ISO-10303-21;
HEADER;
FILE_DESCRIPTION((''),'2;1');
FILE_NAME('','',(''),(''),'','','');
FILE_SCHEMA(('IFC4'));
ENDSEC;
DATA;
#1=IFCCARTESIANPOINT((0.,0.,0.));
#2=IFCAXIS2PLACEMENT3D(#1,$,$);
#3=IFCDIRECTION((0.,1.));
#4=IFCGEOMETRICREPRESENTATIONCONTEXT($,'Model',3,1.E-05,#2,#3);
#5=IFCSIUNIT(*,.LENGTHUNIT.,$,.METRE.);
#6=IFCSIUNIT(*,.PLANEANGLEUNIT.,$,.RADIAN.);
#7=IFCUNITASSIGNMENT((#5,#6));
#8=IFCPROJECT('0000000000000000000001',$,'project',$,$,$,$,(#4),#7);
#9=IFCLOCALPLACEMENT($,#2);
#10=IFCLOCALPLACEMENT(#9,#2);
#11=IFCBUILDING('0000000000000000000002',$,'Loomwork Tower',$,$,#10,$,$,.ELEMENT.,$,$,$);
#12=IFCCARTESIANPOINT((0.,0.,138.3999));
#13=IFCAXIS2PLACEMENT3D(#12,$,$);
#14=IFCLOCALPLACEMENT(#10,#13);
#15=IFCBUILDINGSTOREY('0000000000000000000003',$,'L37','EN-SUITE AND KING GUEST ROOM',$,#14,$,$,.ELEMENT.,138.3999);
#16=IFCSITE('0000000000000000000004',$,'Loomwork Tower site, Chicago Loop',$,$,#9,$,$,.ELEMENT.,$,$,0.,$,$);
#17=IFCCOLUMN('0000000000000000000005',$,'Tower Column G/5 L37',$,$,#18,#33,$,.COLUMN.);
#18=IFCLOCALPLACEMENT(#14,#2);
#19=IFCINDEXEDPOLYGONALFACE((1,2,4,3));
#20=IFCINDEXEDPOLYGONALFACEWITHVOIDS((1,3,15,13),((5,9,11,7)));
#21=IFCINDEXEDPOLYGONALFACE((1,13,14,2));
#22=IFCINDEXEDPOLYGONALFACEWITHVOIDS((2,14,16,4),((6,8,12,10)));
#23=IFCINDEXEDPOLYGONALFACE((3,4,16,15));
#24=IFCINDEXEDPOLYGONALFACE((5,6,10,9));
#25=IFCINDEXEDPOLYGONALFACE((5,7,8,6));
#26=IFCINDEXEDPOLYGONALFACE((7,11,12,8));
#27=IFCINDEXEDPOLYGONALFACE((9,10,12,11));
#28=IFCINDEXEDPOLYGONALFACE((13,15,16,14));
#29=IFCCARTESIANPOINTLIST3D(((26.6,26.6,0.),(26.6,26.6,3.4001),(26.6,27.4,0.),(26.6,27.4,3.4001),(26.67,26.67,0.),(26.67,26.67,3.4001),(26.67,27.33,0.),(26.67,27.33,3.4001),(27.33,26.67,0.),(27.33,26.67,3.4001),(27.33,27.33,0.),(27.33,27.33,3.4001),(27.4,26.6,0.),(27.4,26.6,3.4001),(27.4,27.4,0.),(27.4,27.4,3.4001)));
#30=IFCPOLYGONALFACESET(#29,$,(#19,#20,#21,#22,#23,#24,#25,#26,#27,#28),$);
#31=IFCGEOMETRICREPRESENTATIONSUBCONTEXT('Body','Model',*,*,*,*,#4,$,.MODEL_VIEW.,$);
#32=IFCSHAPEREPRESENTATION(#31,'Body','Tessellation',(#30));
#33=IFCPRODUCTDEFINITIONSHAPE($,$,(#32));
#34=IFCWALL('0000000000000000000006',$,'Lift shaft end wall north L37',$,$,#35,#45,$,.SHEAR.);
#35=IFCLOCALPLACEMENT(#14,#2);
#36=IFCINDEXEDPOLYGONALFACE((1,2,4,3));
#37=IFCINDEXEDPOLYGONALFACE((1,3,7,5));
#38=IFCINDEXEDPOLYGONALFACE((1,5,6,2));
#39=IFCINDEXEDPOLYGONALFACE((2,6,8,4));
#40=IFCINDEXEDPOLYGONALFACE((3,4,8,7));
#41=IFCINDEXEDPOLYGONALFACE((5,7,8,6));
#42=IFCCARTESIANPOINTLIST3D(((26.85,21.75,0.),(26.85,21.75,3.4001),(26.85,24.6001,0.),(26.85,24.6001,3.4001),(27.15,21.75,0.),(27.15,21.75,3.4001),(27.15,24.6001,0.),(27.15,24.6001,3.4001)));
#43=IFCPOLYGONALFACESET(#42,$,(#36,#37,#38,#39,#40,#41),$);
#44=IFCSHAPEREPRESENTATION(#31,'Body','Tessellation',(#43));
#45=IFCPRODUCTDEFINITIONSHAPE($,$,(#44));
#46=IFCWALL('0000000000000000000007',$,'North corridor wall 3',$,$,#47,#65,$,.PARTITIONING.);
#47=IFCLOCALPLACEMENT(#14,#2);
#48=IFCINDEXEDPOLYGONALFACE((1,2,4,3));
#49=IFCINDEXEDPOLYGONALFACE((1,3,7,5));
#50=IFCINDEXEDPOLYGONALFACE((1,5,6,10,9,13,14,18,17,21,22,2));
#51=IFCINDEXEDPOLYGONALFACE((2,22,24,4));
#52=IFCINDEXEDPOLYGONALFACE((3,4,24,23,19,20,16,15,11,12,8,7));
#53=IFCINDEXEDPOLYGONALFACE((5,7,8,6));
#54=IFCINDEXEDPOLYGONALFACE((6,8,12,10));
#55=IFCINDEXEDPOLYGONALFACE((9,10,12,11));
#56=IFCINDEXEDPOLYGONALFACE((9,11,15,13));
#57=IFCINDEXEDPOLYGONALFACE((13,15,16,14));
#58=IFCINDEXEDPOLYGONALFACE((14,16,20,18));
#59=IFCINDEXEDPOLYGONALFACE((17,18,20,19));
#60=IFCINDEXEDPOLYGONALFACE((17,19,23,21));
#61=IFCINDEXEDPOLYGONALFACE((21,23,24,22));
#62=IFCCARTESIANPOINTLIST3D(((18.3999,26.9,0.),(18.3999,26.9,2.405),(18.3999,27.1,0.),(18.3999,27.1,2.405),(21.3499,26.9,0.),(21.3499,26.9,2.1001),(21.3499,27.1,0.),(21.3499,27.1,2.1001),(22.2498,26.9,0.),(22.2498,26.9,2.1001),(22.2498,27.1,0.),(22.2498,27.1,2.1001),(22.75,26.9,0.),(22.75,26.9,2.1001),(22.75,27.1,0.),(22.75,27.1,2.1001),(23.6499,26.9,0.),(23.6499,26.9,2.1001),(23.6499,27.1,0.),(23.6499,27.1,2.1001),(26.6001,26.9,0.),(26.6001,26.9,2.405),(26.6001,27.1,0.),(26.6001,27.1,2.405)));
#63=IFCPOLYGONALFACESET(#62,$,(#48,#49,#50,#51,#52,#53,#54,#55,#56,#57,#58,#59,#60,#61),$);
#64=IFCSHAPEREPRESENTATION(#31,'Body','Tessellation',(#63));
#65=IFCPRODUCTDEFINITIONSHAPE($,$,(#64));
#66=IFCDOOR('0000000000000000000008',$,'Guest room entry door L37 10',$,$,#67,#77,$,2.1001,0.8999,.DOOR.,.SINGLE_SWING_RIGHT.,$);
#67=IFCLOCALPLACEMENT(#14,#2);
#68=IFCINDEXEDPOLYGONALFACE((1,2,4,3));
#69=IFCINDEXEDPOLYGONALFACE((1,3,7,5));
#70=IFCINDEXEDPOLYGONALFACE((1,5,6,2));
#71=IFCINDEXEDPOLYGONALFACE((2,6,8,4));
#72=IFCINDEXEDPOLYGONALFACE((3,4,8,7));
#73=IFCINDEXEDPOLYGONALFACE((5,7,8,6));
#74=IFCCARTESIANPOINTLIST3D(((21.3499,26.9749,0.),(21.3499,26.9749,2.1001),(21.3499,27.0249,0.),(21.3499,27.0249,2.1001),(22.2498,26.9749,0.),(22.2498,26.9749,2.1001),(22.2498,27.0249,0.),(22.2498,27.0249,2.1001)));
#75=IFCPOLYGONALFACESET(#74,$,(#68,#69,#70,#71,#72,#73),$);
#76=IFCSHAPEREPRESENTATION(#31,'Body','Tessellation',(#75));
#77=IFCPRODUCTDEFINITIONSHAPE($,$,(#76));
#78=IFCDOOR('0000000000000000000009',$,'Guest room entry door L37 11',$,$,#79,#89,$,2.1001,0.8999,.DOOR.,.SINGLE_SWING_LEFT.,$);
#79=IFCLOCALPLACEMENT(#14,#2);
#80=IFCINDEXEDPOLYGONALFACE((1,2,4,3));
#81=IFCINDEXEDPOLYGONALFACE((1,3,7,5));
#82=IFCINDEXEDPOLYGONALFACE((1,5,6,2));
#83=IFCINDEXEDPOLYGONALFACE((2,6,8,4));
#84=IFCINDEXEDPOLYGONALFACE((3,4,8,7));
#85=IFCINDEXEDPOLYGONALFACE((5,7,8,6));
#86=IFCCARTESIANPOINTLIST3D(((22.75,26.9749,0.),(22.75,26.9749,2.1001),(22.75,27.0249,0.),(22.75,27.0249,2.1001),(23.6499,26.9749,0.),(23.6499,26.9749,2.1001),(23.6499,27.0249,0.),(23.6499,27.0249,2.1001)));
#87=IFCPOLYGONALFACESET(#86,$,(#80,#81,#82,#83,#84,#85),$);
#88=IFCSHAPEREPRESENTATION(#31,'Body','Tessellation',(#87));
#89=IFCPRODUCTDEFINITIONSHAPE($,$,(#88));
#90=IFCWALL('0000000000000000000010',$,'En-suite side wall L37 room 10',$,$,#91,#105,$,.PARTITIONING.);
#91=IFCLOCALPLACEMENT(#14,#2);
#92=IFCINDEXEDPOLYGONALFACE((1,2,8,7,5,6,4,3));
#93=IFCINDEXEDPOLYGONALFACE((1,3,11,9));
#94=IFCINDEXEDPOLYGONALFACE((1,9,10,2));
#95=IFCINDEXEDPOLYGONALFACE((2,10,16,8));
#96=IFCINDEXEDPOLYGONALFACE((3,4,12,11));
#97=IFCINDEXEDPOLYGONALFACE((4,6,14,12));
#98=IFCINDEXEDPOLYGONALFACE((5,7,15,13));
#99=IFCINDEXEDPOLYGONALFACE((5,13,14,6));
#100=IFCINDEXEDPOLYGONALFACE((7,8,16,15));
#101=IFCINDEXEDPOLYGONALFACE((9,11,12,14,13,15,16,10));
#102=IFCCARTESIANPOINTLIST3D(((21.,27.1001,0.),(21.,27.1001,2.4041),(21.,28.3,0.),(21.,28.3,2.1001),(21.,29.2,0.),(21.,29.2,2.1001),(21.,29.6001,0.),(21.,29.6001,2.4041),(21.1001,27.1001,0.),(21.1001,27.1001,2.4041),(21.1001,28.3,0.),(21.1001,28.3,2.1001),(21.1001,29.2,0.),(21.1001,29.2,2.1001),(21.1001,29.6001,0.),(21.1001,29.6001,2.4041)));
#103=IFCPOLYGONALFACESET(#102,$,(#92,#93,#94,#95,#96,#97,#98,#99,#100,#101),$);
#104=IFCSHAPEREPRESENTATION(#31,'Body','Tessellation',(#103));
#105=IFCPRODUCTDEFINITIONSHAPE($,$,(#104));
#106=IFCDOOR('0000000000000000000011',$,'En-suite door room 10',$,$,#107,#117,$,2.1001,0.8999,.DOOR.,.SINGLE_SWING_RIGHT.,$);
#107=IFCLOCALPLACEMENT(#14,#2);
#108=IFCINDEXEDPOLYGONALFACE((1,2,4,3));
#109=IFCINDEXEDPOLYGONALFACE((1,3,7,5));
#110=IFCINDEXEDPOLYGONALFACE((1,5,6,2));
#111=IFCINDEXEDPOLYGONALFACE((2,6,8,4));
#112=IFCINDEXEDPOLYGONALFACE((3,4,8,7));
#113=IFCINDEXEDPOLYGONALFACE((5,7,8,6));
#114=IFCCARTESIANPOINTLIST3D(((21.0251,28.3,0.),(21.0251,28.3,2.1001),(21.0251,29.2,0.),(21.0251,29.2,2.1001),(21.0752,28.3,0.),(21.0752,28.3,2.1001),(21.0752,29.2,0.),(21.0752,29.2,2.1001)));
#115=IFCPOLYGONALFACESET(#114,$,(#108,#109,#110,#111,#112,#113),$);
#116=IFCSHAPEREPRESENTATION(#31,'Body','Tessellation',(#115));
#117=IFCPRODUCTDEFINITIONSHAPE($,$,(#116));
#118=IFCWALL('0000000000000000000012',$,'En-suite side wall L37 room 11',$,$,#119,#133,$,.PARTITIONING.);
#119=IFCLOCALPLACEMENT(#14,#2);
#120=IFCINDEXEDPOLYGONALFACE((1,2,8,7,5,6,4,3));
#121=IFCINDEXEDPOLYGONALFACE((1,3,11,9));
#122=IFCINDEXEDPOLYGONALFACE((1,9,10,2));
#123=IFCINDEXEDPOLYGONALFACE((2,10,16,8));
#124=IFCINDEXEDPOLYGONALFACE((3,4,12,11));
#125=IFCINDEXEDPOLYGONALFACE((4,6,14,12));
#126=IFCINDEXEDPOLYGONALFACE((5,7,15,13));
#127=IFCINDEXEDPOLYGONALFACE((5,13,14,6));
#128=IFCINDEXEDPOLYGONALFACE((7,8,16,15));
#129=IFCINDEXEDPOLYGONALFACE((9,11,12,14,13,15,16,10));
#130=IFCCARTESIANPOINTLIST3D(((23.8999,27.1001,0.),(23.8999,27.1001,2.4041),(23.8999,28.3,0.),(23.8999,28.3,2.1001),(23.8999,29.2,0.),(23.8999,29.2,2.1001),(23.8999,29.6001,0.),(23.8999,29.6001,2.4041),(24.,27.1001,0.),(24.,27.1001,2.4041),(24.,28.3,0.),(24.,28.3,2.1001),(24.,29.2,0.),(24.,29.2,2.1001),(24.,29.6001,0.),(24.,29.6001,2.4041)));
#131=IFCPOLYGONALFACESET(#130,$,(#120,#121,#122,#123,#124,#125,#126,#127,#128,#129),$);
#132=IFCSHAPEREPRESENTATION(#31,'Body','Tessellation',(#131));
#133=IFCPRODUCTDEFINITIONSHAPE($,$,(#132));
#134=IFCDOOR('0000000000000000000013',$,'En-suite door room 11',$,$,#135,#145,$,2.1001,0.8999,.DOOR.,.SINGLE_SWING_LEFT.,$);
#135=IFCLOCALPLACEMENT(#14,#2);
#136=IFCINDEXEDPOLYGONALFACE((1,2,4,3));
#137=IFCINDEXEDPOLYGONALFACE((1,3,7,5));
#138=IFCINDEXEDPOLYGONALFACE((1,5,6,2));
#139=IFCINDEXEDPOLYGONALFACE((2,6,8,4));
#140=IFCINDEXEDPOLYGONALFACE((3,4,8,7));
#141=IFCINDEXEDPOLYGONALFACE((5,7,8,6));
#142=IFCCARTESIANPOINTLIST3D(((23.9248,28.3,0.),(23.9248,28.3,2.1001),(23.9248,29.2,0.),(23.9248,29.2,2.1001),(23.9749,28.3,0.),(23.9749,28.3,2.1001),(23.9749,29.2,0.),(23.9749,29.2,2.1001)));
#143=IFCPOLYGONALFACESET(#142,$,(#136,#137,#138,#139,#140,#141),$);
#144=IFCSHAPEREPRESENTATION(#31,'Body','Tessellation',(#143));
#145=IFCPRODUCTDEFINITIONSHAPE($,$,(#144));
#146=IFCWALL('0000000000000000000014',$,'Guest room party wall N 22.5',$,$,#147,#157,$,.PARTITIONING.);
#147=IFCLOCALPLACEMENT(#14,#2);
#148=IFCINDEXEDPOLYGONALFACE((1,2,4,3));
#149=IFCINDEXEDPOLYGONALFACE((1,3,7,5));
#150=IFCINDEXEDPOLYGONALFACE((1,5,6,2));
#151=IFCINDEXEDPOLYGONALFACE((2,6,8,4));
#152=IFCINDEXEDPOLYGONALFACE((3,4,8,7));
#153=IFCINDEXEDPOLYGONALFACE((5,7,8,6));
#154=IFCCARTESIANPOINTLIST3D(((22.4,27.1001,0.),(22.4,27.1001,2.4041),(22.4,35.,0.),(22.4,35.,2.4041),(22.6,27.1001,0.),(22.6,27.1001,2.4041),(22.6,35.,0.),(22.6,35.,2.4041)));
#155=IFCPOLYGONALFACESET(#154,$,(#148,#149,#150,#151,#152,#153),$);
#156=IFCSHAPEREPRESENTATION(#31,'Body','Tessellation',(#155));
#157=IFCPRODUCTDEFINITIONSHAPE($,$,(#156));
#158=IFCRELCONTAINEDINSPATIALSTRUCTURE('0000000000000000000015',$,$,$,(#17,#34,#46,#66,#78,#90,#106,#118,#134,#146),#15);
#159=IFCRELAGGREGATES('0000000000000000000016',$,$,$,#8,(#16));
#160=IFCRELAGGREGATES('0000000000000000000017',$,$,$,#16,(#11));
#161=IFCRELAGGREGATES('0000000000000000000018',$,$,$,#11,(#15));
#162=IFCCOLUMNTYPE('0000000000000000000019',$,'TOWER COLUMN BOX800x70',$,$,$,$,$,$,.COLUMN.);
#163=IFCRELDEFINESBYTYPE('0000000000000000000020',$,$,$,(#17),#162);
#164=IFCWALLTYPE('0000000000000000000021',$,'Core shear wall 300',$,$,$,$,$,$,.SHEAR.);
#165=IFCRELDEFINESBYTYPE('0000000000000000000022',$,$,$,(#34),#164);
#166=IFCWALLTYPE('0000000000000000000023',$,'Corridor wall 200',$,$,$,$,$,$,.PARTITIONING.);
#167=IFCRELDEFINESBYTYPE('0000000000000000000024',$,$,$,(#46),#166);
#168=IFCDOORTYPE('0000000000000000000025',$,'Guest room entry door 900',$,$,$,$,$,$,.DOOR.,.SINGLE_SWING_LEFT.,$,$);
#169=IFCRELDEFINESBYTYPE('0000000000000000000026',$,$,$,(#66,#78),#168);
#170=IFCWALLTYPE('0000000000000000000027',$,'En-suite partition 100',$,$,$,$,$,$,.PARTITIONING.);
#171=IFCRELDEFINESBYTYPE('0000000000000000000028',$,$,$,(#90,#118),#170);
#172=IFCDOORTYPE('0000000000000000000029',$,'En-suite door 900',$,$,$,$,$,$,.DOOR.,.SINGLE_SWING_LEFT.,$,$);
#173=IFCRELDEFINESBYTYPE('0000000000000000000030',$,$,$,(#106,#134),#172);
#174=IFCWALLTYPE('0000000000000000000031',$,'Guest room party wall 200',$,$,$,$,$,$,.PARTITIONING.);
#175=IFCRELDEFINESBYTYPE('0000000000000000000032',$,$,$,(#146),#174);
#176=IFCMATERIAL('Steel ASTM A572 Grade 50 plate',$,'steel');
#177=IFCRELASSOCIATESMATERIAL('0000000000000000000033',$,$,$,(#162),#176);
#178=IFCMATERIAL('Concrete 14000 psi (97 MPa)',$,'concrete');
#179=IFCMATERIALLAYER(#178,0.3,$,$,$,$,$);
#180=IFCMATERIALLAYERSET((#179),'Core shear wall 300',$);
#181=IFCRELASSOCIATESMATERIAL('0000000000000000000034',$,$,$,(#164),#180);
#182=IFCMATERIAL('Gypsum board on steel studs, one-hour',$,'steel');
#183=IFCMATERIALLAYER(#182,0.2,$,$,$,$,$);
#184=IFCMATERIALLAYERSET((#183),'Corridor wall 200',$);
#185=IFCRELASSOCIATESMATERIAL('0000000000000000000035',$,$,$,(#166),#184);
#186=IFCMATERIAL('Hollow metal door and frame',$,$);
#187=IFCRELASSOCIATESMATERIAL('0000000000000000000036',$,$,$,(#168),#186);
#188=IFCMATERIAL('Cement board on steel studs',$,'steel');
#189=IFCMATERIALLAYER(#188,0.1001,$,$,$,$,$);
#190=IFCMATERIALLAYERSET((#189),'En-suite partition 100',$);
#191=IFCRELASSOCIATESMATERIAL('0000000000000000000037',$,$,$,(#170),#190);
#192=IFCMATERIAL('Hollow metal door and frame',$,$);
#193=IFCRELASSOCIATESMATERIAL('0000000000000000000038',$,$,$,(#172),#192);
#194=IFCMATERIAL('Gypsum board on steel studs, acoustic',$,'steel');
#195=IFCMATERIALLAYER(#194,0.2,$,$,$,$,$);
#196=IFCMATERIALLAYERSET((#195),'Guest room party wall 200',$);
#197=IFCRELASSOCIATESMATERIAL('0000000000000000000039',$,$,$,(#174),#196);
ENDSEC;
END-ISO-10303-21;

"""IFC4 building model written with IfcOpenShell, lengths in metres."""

from ifc_helpers import new_model, si_unit, direction, frame, frame_2d, origin, origin_2d, place, context, subcontext, project, spatial, rectangle, hollow_rectangle, extrude, material, layer, layer_set, material_profile, profile_set, type_object, element, fill, save


model = new_model("IFC4")

# Units and contexts
model_context = context("Model", 3, precision=1e-05, world=origin(), true_north=direction((0.0, 1.0)))
body_context = subcontext(model_context, "Body", "Model", "MODEL_VIEW")
ifc_project = project(units=[si_unit("LENGTHUNIT", "METRE"), si_unit("PLANEANGLEUNIT", "RADIAN")], contexts=[model_context])

# Site, building, storey
site_placement = place(None, origin())
site = spatial("IfcSite", under=ifc_project, at=site_placement, Name="Loomwork Tower site, Chicago Loop", CompositionType="ELEMENT", RefElevation=0.0)
building_placement = place(site_placement, origin())
building = spatial("IfcBuilding", under=site, at=building_placement, Name="Loomwork Tower", CompositionType="ELEMENT")
storey_placement = place(building_placement, frame((0.0, 0.0, 138.3999)))
storey = spatial("IfcBuildingStorey", under=building, at=storey_placement, Name="L37", Description="EN-SUITE AND KING GUEST ROOM", CompositionType="ELEMENT", Elevation=138.3999)

# Column
ifc_material_1 = material(Name="Steel ASTM A572 Grade 50 plate", Category="steel")
ifc_material_profile = material_profile(ifc_material_1, hollow_rectangle(XDim=0.8, YDim=0.8, WallThickness=0.0701, at=origin_2d()), Name="BOX800x70")
ifc_profile_set = profile_set([ifc_material_profile], Name="Steel ASTM A572 Grade 50 plate")
column_type = type_object("IfcColumnType", Name="TOWER COLUMN BOX800x70", PredefinedType="COLUMN", material=ifc_profile_set)
column_placement = place(storey_placement, frame((27.0, 27.0, 0.0), z_axis=(0.0, 0.0, 1.0), x_axis=(1.0, 0.0, 0.0)))
element("IfcColumn", 1, at=column_placement, inside=storey, type_object=column_type, Name="Tower Column G/5 L37", PredefinedType="COLUMN", context=body_context, shape_type="SweptSolid", body=[
    extrude(hollow_rectangle(XDim=0.8, YDim=0.8, WallThickness=0.0701, at=origin_2d()), origin(), (0.0, 0.0, 1.0), 3.4001),
])

# Wall
ifc_material_2 = material(Name="Concrete 14000 psi (97 MPa)", Category="concrete")
ifc_layer_1 = layer(ifc_material_2, 0.3)
ifc_layer_set_1 = layer_set([ifc_layer_1], Name="Core shear wall 300")
wall_type_1 = type_object("IfcWallType", Name="Core shear wall 300", PredefinedType="SHEAR", material=ifc_layer_set_1)
wall_1_placement = place(storey_placement, frame((27.0, 21.75, 0.0), z_axis=(0.0, 0.0, 1.0), x_axis=(0.0, 1.0, 0.0)))
element("IfcWall", 2, at=wall_1_placement, inside=storey, type_object=wall_type_1, Name="Lift shaft end wall north L37", PredefinedType="SHEAR", context=body_context, shape_type="SweptSolid", body=[
    extrude(rectangle(XDim=2.8501, YDim=0.3, at=frame_2d((1.425, 0.0))), origin(), (0.0, 0.0, 1.0), 3.4001),
])

# Wall, openings, doors
ifc_material_3 = material(Name="Gypsum board on steel studs, one-hour", Category="steel")
ifc_layer_2 = layer(ifc_material_3, 0.2)
ifc_layer_set_2 = layer_set([ifc_layer_2], Name="Corridor wall 200")
wall_type_2 = type_object("IfcWallType", Name="Corridor wall 200", PredefinedType="PARTITIONING", material=ifc_layer_set_2)
wall_2_placement = place(storey_placement, frame((18.3999, 27.0, 0.0), z_axis=(0.0, 0.0, 1.0), x_axis=(1.0, 0.0, 0.0)))
wall_2 = element("IfcWall", 3, at=wall_2_placement, inside=storey, type_object=wall_type_2, Name="North corridor wall 3", PredefinedType="PARTITIONING", context=body_context, shape_type="SweptSolid", body=[
    extrude(rectangle(XDim=8.2002, YDim=0.2, at=frame_2d((4.1001, 0.0))), origin(), (0.0, 0.0, 1.0), 2.405),
])
opening_1_placement = place(wall_2_placement, frame((2.95, 0.0, 0.0)))
opening_1 = element("IfcOpeningElement", 4, at=opening_1_placement, cuts=wall_2, PredefinedType="OPENING", context=body_context, shape_type="SweptSolid", body=[
    extrude(rectangle(XDim=0.8999, YDim=2.1001, at=frame_2d((0.45, 1.05))), frame((0.0, 0.1099, 0.0), z_axis=(0.0, -1.0, 0.0), x_axis=(1.0, 0.0, 0.0)), (0.0, 0.0, 1.0), 0.22),
])
opening_2_placement = place(wall_2_placement, frame((4.3501, 0.0, 0.0)))
opening_2 = element("IfcOpeningElement", 5, at=opening_2_placement, cuts=wall_2, PredefinedType="OPENING", context=body_context, shape_type="SweptSolid", body=[
    extrude(rectangle(XDim=0.8999, YDim=2.1001, at=frame_2d((0.45, 1.05))), frame((0.0, 0.1099, 0.0), z_axis=(0.0, -1.0, 0.0), x_axis=(1.0, 0.0, 0.0)), (0.0, 0.0, 1.0), 0.22),
])
ifc_material_4 = material(Name="Hollow metal door and frame")
door_type_1 = type_object("IfcDoorType", Name="Guest room entry door 900", OperationType="SINGLE_SWING_LEFT", PredefinedType="DOOR", material=ifc_material_4)
door_1_placement = place(opening_1_placement, origin())
door_1 = element("IfcDoor", 6, at=door_1_placement, inside=storey, type_object=door_type_1, Name="Guest room entry door L37 10", OperationType="SINGLE_SWING_RIGHT", OverallHeight=2.1001, OverallWidth=0.8999, PredefinedType="DOOR", context=body_context, shape_type="SweptSolid", body=[
    extrude(rectangle(XDim=0.8999, YDim=2.1001, at=frame_2d((0.45, 1.05))), frame((0.0, 0.0249, 0.0), z_axis=(0.0, -1.0, 0.0), x_axis=(1.0, 0.0, 0.0)), (0.0, 0.0, 1.0), 0.05),
])
fill(opening_1, door_1)
door_2_placement = place(opening_2_placement, origin())
door_2 = element("IfcDoor", 7, at=door_2_placement, inside=storey, type_object=door_type_1, Name="Guest room entry door L37 11", OperationType="SINGLE_SWING_LEFT", OverallHeight=2.1001, OverallWidth=0.8999, PredefinedType="DOOR", context=body_context, shape_type="SweptSolid", body=[
    extrude(rectangle(XDim=0.8999, YDim=2.1001, at=frame_2d((0.45, 1.05))), frame((0.0, 0.0249, 0.0), z_axis=(0.0, -1.0, 0.0), x_axis=(1.0, 0.0, 0.0)), (0.0, 0.0, 1.0), 0.05),
])
fill(opening_2, door_2)

# Walls, openings, doors
ifc_material_5 = material(Name="Cement board on steel studs", Category="steel")
ifc_layer_3 = layer(ifc_material_5, 0.1001)
ifc_layer_set_3 = layer_set([ifc_layer_3], Name="En-suite partition 100")
wall_type_3 = type_object("IfcWallType", Name="En-suite partition 100", PredefinedType="PARTITIONING", material=ifc_layer_set_3)
wall_3_placement = place(storey_placement, frame((21.05, 27.1001, 0.0), z_axis=(0.0, 0.0, 1.0), x_axis=(0.0, 1.0, 0.0)))
wall_3 = element("IfcWall", 8, at=wall_3_placement, inside=storey, type_object=wall_type_3, Name="En-suite side wall L37 room 10", PredefinedType="PARTITIONING", context=body_context, shape_type="SweptSolid", body=[
    extrude(rectangle(XDim=2.5, YDim=0.1001, at=frame_2d((1.25, 0.0))), origin(), (0.0, 0.0, 1.0), 2.4041),
])
opening_3_placement = place(wall_3_placement, frame((1.2, 0.0, 0.0)))
opening_3 = element("IfcOpeningElement", 9, at=opening_3_placement, cuts=wall_3, PredefinedType="OPENING", context=body_context, shape_type="SweptSolid", body=[
    extrude(rectangle(XDim=0.8999, YDim=2.1001, at=frame_2d((0.45, 1.05))), frame((0.0, 0.0601, 0.0), z_axis=(0.0, -1.0, 0.0), x_axis=(1.0, 0.0, 0.0)), (0.0, 0.0, 1.0), 0.1201),
])
ifc_material_6 = material(Name="Hollow metal door and frame")
door_type_2 = type_object("IfcDoorType", Name="En-suite door 900", OperationType="SINGLE_SWING_LEFT", PredefinedType="DOOR", material=ifc_material_6)
door_3_placement = place(opening_3_placement, origin())
door_3 = element("IfcDoor", 10, at=door_3_placement, inside=storey, type_object=door_type_2, Name="En-suite door room 10", OperationType="SINGLE_SWING_RIGHT", OverallHeight=2.1001, OverallWidth=0.8999, PredefinedType="DOOR", context=body_context, shape_type="SweptSolid", body=[
    extrude(rectangle(XDim=0.8999, YDim=2.1001, at=frame_2d((0.45, 1.05))), frame((0.0, 0.0249, 0.0), z_axis=(0.0, -1.0, 0.0), x_axis=(1.0, 0.0, 0.0)), (0.0, 0.0, 1.0), 0.05),
])
fill(opening_3, door_3)
wall_4_placement = place(storey_placement, frame((23.95, 27.1001, 0.0), z_axis=(0.0, 0.0, 1.0), x_axis=(0.0, 1.0, 0.0)))
wall_4 = element("IfcWall", 11, at=wall_4_placement, inside=storey, type_object=wall_type_3, Name="En-suite side wall L37 room 11", PredefinedType="PARTITIONING", context=body_context, shape_type="SweptSolid", body=[
    extrude(rectangle(XDim=2.5, YDim=0.1001, at=frame_2d((1.25, 0.0))), origin(), (0.0, 0.0, 1.0), 2.4041),
])
opening_4_placement = place(wall_4_placement, frame((1.2, 0.0, 0.0)))
opening_4 = element("IfcOpeningElement", 12, at=opening_4_placement, cuts=wall_4, PredefinedType="OPENING", context=body_context, shape_type="SweptSolid", body=[
    extrude(rectangle(XDim=0.8999, YDim=2.1001, at=frame_2d((0.45, 1.05))), frame((0.0, 0.0601, 0.0), z_axis=(0.0, -1.0, 0.0), x_axis=(1.0, 0.0, 0.0)), (0.0, 0.0, 1.0), 0.1201),
])
door_4_placement = place(opening_4_placement, frame((0.8999, 0.0, 0.0), z_axis=(0.0, 0.0, 1.0), x_axis=(-1.0, 0.0, 0.0)))
door_4 = element("IfcDoor", 13, at=door_4_placement, inside=storey, type_object=door_type_2, Name="En-suite door room 11", OperationType="SINGLE_SWING_LEFT", OverallHeight=2.1001, OverallWidth=0.8999, PredefinedType="DOOR", context=body_context, shape_type="SweptSolid", body=[
    extrude(rectangle(XDim=0.8999, YDim=2.1001, at=frame_2d((0.45, 1.05))), frame((0.0, 0.0249, 0.0), z_axis=(0.0, -1.0, 0.0), x_axis=(1.0, 0.0, 0.0)), (0.0, 0.0, 1.0), 0.05),
])
fill(opening_4, door_4)

# Wall
ifc_material_7 = material(Name="Gypsum board on steel studs, acoustic", Category="steel")
ifc_layer_4 = layer(ifc_material_7, 0.2)
ifc_layer_set_4 = layer_set([ifc_layer_4], Name="Guest room party wall 200")
wall_type_4 = type_object("IfcWallType", Name="Guest room party wall 200", PredefinedType="PARTITIONING", material=ifc_layer_set_4)
wall_5_placement = place(storey_placement, frame((22.5, 27.1001, 0.0), z_axis=(0.0, 0.0, 1.0), x_axis=(0.0, 1.0, 0.0)))
element("IfcWall", 14, at=wall_5_placement, inside=storey, type_object=wall_type_4, Name="Guest room party wall N 22.5", PredefinedType="PARTITIONING", context=body_context, shape_type="SweptSolid", body=[
    extrude(rectangle(XDim=7.8999, YDim=0.2, at=frame_2d((3.95, 0.0))), origin(), (0.0, 0.0, 1.0), 2.4041),
])

save(model, "model.ifc")
